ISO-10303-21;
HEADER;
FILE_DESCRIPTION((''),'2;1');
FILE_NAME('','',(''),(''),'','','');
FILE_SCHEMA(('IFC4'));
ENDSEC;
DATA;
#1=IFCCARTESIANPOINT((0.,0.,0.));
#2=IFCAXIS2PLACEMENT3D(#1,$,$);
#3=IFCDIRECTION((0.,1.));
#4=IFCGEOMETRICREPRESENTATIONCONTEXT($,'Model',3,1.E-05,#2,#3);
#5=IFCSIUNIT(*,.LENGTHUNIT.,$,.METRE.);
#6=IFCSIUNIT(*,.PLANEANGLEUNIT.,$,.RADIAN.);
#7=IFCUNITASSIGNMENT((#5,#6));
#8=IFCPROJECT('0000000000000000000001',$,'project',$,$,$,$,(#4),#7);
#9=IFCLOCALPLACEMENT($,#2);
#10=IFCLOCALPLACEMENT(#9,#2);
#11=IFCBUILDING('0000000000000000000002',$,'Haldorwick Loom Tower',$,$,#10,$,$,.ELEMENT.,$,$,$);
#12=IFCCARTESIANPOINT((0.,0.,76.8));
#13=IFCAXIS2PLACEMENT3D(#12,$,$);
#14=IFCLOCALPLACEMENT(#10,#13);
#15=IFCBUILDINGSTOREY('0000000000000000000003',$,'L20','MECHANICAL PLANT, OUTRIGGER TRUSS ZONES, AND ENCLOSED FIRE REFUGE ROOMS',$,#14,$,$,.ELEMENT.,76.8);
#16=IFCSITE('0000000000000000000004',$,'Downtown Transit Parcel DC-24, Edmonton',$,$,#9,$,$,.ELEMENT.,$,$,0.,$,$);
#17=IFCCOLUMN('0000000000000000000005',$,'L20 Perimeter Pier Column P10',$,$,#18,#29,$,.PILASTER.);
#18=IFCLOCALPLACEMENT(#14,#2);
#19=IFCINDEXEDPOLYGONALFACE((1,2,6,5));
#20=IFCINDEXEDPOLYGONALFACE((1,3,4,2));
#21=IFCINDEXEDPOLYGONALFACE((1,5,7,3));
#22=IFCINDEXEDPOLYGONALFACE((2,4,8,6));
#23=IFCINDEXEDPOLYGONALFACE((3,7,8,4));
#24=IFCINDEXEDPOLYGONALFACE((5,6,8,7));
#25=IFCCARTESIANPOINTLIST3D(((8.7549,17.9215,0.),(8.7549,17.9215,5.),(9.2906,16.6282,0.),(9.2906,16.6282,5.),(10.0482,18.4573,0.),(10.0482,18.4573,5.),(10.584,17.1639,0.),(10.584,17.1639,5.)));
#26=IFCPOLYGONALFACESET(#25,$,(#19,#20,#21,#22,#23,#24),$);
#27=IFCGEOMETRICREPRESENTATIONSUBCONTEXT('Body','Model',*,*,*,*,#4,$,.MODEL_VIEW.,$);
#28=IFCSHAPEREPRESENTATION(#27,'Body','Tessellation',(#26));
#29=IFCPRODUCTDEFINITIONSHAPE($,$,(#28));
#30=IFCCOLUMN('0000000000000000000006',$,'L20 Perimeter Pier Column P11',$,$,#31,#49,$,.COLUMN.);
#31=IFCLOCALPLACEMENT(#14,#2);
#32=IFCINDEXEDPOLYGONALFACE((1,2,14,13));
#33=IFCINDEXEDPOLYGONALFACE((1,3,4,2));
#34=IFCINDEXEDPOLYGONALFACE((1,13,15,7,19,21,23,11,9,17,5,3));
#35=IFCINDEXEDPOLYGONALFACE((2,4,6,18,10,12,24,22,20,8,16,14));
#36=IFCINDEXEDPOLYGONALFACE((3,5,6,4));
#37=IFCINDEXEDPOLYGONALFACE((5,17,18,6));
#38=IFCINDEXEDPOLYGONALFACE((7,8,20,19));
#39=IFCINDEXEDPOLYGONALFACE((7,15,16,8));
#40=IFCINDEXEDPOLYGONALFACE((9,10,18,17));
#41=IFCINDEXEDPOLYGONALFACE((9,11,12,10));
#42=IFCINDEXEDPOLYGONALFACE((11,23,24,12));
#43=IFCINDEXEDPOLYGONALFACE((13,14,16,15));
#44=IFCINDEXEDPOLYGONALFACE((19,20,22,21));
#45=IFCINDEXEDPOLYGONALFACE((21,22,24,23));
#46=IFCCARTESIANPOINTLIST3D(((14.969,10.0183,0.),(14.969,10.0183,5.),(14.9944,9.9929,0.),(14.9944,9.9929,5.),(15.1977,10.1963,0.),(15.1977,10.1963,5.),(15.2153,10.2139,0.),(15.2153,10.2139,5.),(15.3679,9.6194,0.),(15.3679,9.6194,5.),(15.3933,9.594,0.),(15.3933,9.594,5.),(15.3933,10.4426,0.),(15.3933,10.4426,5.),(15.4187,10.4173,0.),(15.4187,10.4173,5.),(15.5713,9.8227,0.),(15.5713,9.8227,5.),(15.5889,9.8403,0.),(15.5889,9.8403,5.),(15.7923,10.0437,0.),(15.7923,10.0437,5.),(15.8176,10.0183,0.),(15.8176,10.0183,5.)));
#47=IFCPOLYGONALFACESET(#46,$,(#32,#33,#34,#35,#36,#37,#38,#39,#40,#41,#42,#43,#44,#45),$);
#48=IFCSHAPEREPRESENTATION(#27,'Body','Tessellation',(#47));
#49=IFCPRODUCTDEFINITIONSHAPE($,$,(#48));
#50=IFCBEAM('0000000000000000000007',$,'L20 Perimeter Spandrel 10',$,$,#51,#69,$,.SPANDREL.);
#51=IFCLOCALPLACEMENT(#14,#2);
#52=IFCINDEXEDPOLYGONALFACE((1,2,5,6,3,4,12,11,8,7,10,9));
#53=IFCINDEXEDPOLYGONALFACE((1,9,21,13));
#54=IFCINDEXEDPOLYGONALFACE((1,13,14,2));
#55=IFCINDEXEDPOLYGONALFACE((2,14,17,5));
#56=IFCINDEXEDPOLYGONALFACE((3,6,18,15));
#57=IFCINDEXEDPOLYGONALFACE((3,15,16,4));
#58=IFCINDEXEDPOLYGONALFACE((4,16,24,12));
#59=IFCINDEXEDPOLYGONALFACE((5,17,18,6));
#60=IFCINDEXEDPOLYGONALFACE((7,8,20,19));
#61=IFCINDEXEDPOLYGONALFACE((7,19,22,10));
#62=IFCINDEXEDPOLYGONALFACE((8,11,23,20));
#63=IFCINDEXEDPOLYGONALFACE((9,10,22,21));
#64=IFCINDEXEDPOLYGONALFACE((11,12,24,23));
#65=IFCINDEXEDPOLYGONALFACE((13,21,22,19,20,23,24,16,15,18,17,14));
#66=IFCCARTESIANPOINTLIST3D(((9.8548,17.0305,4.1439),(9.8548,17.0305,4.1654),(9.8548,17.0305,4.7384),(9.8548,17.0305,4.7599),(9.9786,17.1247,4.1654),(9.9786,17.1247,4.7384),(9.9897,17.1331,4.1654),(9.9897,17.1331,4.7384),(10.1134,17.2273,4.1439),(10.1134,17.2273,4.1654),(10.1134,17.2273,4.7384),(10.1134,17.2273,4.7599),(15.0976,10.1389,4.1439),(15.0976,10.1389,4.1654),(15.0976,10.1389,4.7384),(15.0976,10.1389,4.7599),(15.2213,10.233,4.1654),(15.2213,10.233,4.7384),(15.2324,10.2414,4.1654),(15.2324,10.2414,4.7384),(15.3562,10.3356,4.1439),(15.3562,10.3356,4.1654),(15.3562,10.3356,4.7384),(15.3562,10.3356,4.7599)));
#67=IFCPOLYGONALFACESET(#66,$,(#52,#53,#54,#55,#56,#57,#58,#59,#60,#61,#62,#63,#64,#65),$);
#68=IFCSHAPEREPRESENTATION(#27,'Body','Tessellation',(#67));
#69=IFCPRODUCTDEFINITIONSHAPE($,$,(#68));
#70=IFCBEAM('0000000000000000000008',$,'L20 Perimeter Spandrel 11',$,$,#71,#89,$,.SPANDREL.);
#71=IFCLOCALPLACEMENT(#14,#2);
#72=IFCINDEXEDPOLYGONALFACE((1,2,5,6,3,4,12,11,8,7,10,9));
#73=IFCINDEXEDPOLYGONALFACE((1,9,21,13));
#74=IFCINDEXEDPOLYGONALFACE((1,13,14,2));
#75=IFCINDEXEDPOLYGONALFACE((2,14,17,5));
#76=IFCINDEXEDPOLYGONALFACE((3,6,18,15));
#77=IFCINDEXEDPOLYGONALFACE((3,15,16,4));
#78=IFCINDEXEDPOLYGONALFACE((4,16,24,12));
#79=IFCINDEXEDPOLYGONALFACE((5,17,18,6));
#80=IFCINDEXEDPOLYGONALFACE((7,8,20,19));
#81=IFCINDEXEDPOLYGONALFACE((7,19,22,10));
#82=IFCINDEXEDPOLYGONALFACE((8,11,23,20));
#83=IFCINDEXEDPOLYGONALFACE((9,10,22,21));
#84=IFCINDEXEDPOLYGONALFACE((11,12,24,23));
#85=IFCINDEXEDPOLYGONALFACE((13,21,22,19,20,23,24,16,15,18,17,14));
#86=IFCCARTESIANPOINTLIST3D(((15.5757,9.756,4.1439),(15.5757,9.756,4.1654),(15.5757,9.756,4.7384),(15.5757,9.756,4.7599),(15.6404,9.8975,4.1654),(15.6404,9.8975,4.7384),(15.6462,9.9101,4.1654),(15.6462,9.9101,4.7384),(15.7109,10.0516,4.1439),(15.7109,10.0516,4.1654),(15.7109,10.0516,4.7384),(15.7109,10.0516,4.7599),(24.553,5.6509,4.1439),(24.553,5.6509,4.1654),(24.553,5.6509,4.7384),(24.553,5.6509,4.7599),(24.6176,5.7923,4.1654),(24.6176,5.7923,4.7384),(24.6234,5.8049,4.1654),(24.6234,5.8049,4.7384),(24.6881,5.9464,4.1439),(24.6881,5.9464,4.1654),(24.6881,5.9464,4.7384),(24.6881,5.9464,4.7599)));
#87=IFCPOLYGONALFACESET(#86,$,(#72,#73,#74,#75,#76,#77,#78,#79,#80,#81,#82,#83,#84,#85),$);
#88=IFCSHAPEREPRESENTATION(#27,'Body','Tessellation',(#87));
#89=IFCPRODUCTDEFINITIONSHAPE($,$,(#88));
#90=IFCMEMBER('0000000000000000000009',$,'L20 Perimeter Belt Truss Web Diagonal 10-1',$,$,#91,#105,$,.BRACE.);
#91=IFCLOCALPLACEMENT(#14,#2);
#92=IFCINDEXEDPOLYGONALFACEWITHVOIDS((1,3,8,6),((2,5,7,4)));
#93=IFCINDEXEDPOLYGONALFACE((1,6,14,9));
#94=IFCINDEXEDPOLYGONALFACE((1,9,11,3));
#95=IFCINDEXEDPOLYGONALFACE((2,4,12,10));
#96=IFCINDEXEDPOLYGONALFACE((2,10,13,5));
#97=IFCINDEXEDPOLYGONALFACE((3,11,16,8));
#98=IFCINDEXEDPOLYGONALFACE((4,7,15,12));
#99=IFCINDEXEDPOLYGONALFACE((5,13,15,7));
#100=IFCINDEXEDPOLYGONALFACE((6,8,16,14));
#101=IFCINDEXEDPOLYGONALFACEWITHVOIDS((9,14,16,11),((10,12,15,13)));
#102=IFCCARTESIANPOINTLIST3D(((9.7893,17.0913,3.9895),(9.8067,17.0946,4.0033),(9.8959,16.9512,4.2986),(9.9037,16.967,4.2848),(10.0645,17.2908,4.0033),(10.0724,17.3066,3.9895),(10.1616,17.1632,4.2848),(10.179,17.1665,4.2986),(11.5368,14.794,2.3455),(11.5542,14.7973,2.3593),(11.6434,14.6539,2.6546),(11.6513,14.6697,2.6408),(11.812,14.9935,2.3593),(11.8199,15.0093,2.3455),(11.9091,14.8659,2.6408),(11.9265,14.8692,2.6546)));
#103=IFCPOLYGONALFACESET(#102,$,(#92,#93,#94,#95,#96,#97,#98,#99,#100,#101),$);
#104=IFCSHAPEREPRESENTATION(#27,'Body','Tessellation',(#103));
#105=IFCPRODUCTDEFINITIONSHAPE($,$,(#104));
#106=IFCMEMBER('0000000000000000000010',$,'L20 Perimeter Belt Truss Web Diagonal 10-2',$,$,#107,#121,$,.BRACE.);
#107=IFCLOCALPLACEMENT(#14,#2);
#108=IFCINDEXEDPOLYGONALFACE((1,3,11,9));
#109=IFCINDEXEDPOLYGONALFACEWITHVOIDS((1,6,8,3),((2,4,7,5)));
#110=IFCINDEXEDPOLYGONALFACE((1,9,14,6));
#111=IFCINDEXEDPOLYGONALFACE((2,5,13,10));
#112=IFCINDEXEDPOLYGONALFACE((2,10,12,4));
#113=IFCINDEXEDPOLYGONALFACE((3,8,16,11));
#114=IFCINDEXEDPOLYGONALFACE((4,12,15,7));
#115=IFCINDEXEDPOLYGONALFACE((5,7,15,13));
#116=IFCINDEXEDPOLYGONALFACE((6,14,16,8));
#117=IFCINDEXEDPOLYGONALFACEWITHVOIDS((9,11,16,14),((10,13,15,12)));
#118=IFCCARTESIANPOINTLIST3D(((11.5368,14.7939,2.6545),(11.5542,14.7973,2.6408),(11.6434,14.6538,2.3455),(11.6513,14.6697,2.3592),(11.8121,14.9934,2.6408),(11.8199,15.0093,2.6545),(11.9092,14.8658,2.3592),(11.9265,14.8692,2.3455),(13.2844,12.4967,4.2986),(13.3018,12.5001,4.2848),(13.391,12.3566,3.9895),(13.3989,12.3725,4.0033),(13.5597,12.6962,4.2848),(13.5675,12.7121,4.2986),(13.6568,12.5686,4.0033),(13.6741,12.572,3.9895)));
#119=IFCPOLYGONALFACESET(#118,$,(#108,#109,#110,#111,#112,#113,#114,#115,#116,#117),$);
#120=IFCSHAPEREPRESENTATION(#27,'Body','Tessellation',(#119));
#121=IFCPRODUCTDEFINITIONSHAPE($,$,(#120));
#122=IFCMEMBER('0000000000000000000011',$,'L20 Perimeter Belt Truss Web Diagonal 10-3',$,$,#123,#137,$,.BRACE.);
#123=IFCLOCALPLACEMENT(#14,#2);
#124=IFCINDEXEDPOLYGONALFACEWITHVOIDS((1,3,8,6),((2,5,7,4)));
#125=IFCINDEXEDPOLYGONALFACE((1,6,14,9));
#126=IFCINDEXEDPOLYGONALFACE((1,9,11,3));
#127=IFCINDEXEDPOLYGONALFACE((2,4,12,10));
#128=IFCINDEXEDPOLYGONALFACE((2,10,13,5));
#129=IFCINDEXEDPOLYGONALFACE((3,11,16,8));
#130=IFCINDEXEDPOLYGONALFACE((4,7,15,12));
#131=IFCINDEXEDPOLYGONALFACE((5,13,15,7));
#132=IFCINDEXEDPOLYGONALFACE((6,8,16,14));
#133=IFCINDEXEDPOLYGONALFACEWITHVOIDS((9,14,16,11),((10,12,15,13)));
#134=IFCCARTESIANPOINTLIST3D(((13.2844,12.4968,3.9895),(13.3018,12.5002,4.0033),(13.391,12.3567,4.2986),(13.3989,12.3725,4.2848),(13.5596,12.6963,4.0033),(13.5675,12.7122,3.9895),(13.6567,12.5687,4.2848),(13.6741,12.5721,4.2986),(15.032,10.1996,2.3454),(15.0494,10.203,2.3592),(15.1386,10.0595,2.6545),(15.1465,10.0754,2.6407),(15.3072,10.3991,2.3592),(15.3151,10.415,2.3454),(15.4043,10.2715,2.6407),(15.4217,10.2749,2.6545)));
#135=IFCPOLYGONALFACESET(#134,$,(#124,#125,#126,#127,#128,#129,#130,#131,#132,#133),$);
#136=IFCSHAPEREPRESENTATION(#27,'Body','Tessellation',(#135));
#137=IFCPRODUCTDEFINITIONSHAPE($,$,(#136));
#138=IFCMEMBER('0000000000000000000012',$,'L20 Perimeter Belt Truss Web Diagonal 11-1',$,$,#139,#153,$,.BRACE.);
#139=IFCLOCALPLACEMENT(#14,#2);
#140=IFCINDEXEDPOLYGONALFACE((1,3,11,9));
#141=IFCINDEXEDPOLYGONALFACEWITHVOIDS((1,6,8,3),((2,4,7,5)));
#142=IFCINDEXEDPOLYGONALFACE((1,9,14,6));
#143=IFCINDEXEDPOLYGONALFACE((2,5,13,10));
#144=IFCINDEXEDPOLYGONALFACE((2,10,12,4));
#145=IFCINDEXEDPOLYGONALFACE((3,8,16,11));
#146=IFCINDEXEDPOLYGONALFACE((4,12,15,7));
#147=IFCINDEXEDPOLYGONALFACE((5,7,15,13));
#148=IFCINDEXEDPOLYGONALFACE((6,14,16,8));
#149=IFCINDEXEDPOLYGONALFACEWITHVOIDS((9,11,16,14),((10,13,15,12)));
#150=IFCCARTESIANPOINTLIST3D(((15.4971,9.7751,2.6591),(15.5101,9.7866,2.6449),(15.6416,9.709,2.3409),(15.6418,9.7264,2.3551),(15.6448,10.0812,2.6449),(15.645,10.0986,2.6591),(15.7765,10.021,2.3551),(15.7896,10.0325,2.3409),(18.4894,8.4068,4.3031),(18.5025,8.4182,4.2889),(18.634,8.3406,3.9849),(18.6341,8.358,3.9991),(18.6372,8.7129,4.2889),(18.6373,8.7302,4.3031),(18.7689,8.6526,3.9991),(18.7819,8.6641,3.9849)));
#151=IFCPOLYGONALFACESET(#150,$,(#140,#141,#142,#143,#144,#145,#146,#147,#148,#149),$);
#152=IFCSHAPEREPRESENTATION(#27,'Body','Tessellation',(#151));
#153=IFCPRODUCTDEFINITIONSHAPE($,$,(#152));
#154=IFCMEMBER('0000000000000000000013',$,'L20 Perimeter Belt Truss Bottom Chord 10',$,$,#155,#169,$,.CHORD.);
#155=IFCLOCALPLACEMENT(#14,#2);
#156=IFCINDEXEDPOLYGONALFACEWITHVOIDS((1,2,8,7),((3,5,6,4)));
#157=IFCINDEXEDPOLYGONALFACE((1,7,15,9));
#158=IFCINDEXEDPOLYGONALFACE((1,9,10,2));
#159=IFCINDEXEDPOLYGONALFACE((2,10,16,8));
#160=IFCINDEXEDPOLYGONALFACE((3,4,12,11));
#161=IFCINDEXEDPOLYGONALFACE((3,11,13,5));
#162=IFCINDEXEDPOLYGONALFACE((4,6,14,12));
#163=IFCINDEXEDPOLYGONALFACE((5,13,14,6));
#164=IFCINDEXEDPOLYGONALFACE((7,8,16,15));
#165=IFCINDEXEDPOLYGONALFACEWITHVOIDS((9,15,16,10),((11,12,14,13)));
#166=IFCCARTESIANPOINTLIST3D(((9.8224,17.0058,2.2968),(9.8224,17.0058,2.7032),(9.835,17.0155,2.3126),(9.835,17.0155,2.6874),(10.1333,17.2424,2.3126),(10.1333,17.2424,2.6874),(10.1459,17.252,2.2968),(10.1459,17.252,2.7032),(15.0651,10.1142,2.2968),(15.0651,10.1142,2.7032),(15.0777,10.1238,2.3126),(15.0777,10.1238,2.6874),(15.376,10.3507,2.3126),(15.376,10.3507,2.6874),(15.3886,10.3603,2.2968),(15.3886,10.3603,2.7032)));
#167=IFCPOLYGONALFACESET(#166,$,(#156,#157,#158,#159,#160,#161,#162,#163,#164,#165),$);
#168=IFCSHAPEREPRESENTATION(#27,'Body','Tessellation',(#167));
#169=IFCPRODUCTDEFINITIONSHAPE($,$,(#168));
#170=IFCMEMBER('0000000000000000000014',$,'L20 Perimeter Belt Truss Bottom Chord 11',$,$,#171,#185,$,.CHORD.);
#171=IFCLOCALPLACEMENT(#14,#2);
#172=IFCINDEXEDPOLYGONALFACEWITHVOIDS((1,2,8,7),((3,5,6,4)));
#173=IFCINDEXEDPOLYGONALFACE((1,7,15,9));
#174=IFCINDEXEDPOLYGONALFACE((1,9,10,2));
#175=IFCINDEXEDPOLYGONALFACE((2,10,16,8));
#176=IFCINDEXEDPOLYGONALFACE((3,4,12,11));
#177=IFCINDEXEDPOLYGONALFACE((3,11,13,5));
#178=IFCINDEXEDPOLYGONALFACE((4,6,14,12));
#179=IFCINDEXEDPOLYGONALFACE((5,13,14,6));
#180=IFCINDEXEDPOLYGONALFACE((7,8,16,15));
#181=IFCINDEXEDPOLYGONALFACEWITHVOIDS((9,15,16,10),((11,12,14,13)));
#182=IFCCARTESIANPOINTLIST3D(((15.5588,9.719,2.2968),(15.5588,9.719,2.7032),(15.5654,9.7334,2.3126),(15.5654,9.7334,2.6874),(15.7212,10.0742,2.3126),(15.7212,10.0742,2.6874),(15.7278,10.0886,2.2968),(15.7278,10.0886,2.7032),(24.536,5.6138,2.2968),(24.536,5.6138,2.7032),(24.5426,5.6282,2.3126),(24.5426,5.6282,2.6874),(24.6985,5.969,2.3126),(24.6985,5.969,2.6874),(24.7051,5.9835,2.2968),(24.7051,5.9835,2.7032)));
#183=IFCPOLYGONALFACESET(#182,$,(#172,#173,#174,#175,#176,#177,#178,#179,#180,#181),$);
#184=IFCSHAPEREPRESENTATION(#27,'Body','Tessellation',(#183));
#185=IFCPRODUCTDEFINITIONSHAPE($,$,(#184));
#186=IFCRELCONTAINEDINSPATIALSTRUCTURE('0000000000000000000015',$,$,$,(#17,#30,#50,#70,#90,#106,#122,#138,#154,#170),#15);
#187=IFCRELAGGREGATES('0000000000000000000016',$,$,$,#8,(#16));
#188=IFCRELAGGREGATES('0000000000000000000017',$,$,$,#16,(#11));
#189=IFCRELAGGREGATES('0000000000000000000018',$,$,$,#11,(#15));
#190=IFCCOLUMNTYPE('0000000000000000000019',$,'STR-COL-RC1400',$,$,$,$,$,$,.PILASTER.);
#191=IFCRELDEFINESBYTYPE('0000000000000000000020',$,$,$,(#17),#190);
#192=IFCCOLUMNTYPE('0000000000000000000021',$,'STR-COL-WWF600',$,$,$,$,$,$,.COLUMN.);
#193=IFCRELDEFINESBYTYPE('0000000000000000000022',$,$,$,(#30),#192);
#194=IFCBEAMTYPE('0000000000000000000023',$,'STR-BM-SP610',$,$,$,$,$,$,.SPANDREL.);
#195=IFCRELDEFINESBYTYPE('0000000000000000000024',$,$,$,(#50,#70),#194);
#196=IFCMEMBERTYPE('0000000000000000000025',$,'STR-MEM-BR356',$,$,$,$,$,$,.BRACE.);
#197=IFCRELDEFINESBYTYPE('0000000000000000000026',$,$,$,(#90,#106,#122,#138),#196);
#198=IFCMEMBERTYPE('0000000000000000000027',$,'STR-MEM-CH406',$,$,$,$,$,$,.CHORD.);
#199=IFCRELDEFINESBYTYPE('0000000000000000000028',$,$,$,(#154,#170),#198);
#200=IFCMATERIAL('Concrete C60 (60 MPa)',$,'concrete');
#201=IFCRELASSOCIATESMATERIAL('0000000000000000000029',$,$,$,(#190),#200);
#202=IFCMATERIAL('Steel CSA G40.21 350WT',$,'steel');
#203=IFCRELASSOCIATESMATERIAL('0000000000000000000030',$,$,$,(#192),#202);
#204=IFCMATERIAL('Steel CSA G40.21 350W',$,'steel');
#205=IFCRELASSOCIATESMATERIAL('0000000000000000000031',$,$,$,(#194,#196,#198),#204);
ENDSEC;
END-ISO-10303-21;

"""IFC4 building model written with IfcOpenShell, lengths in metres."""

from ifc_helpers import new_model, si_unit, direction, frame, origin, origin_2d, place, context, subcontext, project, spatial, rectangle, hollow_rectangle, i_section, extrude, material, material_profile, profile_set, type_object, element, save


model = new_model("IFC4")

# Units and contexts
model_context = context("Model", 3, precision=1e-05, world=origin(), true_north=direction((0.0, 1.0)))
body_context = subcontext(model_context, "Body", "Model", "MODEL_VIEW")
ifc_project = project(units=[si_unit("LENGTHUNIT", "METRE"), si_unit("PLANEANGLEUNIT", "RADIAN")], contexts=[model_context])

# Site, building, storey
site_placement = place(None, origin())
site = spatial("IfcSite", under=ifc_project, at=site_placement, Name="Downtown Transit Parcel DC-24, Edmonton", CompositionType="ELEMENT", RefElevation=0.0)
building_placement = place(site_placement, origin())
building = spatial("IfcBuilding", under=site, at=building_placement, Name="Haldorwick Loom Tower", CompositionType="ELEMENT")
storey_placement = place(building_placement, frame((0.0, 0.0, 76.8)))
storey = spatial("IfcBuildingStorey", under=building, at=storey_placement, Name="L20", Description="MECHANICAL PLANT, OUTRIGGER TRUSS ZONES, AND ENCLOSED FIRE REFUGE ROOMS", CompositionType="ELEMENT", Elevation=76.8)

# Columns
ifc_material_1 = material(Name="Concrete C60 (60 MPa)", Category="concrete")
ifc_material_profile_1 = material_profile(ifc_material_1, rectangle(XDim=1.3999, YDim=1.3999, at=origin_2d()), Name="RC1400X1400", Category="concrete")
ifc_profile_set_1 = profile_set([ifc_material_profile_1], Name="Concrete C60 (60 MPa)")
column_type_1 = type_object("IfcColumnType", Name="STR-COL-RC1400", PredefinedType="PILASTER", material=ifc_profile_set_1)
column_1_placement = place(storey_placement, frame((9.6694, 17.5427, 0.0), z_axis=(0.0, 0.0, 1.0), x_axis=(-0.92388, -0.382683, 0.0)))
element("IfcColumn", 1, at=column_1_placement, inside=storey, type_object=column_type_1, Name="L20 Perimeter Pier Column P10", PredefinedType="PILASTER", context=body_context, shape_type="SweptSolid", body=[
    extrude(rectangle(XDim=1.3999, YDim=1.3999, at=origin_2d()), origin(), (0.0, 0.0, 1.0), 5.0),
])
ifc_material_2 = material(Name="Steel CSA G40.21 350WT", Category="steel")
ifc_material_profile_2 = material_profile(ifc_material_2, i_section(OverallWidth=0.6001, OverallDepth=0.6001, WebThickness=0.0249, FlangeThickness=0.0359, at=origin_2d()), Name="WWF600X600", Category="steel")
ifc_profile_set_2 = profile_set([ifc_material_profile_2], Name="Steel CSA G40.21 350WT")
column_type_2 = type_object("IfcColumnType", Name="STR-COL-WWF600", PredefinedType="COLUMN", material=ifc_profile_set_2)
column_2_placement = place(storey_placement, frame((15.3933, 10.0183, 0.0), z_axis=(0.0, 0.0, 1.0), x_axis=(-0.707107, -0.707107, 0.0)))
element("IfcColumn", 2, at=column_2_placement, inside=storey, type_object=column_type_2, Name="L20 Perimeter Pier Column P11", PredefinedType="COLUMN", context=body_context, shape_type="SweptSolid", body=[
    extrude(i_section(OverallWidth=0.6001, OverallDepth=0.6001, WebThickness=0.0249, FlangeThickness=0.0359, at=origin_2d()), origin(), (0.0, 0.0, 1.0), 5.0),
])

# Beams
ifc_material_3 = material(Name="Steel CSA G40.21 350W", Category="steel")
ifc_material_profile_3 = material_profile(ifc_material_3, i_section(OverallWidth=0.325, OverallDepth=0.616, WebThickness=0.0139, FlangeThickness=0.0215, at=origin_2d()), Name="W610X174", Category="steel")
ifc_profile_set_3 = profile_set([ifc_material_profile_3], Name="Steel CSA G40.21 350W")
beam_type = type_object("IfcBeamType", Name="STR-BM-SP610", PredefinedType="SPANDREL", material=ifc_profile_set_3)
beam_1_placement = place(storey_placement, frame((9.9841, 17.1289, 4.4519), z_axis=(0.605454, -0.795881, 0.0), x_axis=(0.795881, 0.605454, 0.0)))
element("IfcBeam", 3, at=beam_1_placement, inside=storey, type_object=beam_type, Name="L20 Perimeter Spandrel 10", PredefinedType="SPANDREL", context=body_context, shape_type="SweptSolid", body=[
    extrude(i_section(OverallWidth=0.325, OverallDepth=0.616, WebThickness=0.0139, FlangeThickness=0.0215, at=origin_2d()), origin(), (0.0, 0.0, 1.0), 8.6592),
])
beam_2_placement = place(storey_placement, frame((15.6433, 9.9038, 4.4519), z_axis=(0.909424, -0.41587, 0.0), x_axis=(0.41587, 0.909424, 0.0)))
element("IfcBeam", 4, at=beam_2_placement, inside=storey, type_object=beam_type, Name="L20 Perimeter Spandrel 11", PredefinedType="SPANDREL", context=body_context, shape_type="SweptSolid", body=[
    extrude(i_section(OverallWidth=0.325, OverallDepth=0.616, WebThickness=0.0139, FlangeThickness=0.0215, at=origin_2d()), origin(), (0.0, 0.0, 1.0), 9.8713),
])

# Members
ifc_material_profile_4 = material_profile(ifc_material_3, hollow_rectangle(XDim=0.3557, YDim=0.3557, WallThickness=0.0159, at=origin_2d()), Name="HSS356X356X16", Category="steel")
ifc_profile_set_4 = profile_set([ifc_material_profile_4], Name="Steel CSA G40.21 350W")
member_type_1 = type_object("IfcMemberType", Name="STR-MEM-BR356", PredefinedType="BRACE", material=ifc_profile_set_4)
for number, where, z_axis, x_axis, name in (
    (5, (9.9841, 17.1289, 4.144), (0.526079, -0.691591, -0.494917), (0.795901, 0.605426, 0.0), "L20 Perimeter Belt Truss Web Diagonal 10-1"),
    (6, (11.7317, 14.8315, 2.5), (0.526106, -0.691552, 0.494942), (0.79587, 0.605467, 0.0), "L20 Perimeter Belt Truss Web Diagonal 10-2"),
    (7, (13.4792, 12.5344, 4.144), (0.526106, -0.691552, -0.494942), (0.79587, 0.605467, 0.0), "L20 Perimeter Belt Truss Web Diagonal 10-3"),
):
    element("IfcMember", number, at=place(storey_placement, frame(where, z_axis=z_axis, x_axis=x_axis)), inside=storey, type_object=member_type_1, Name=name, PredefinedType="BRACE", context=body_context, shape_type="SweptSolid", body=[
        extrude(hollow_rectangle(XDim=0.3557, YDim=0.3557, WallThickness=0.0159, at=origin_2d()), origin(), (0.0, 0.0, 1.0), 3.3218),
    ])
member_1_placement = place(storey_placement, frame((15.6433, 9.9038, 2.5), z_axis=(0.813531, -0.37202, 0.446954), x_axis=(0.41587, 0.909424, 0.0)))
element("IfcMember", 8, at=member_1_placement, inside=storey, type_object=member_type_1, Name="L20 Perimeter Belt Truss Web Diagonal 11-1", PredefinedType="BRACE", context=body_context, shape_type="SweptSolid", body=[
    extrude(hollow_rectangle(XDim=0.3557, YDim=0.3557, WallThickness=0.0159, at=origin_2d()), origin(), (0.0, 0.0, 1.0), 3.6782),
])
ifc_material_profile_5 = material_profile(ifc_material_3, hollow_rectangle(XDim=0.4065, YDim=0.4065, WallThickness=0.0159, at=origin_2d()), Name="HSS406X406X16", Category="steel")
ifc_profile_set_5 = profile_set([ifc_material_profile_5], Name="Steel CSA G40.21 350W")
member_type_2 = type_object("IfcMemberType", Name="STR-MEM-CH406", PredefinedType="CHORD", material=ifc_profile_set_5)
member_2_placement = place(storey_placement, frame((9.9841, 17.1289, 2.5), z_axis=(0.605454, -0.795881, 0.0), x_axis=(0.795881, 0.605454, 0.0)))
element("IfcMember", 9, at=member_2_placement, inside=storey, type_object=member_type_2, Name="L20 Perimeter Belt Truss Bottom Chord 10", PredefinedType="CHORD", context=body_context, shape_type="SweptSolid", body=[
    extrude(hollow_rectangle(XDim=0.4065, YDim=0.4065, WallThickness=0.0159, at=origin_2d()), origin(), (0.0, 0.0, 1.0), 8.6592),
])
member_3_placement = place(storey_placement, frame((15.6433, 9.9038, 2.5), z_axis=(0.909424, -0.41587, 0.0), x_axis=(0.41587, 0.909424, 0.0)))
element("IfcMember", 10, at=member_3_placement, inside=storey, type_object=member_type_2, Name="L20 Perimeter Belt Truss Bottom Chord 11", PredefinedType="CHORD", context=body_context, shape_type="SweptSolid", body=[
    extrude(hollow_rectangle(XDim=0.4065, YDim=0.4065, WallThickness=0.0159, at=origin_2d()), origin(), (0.0, 0.0, 1.0), 9.8713),
])

save(model, "model.ifc")
